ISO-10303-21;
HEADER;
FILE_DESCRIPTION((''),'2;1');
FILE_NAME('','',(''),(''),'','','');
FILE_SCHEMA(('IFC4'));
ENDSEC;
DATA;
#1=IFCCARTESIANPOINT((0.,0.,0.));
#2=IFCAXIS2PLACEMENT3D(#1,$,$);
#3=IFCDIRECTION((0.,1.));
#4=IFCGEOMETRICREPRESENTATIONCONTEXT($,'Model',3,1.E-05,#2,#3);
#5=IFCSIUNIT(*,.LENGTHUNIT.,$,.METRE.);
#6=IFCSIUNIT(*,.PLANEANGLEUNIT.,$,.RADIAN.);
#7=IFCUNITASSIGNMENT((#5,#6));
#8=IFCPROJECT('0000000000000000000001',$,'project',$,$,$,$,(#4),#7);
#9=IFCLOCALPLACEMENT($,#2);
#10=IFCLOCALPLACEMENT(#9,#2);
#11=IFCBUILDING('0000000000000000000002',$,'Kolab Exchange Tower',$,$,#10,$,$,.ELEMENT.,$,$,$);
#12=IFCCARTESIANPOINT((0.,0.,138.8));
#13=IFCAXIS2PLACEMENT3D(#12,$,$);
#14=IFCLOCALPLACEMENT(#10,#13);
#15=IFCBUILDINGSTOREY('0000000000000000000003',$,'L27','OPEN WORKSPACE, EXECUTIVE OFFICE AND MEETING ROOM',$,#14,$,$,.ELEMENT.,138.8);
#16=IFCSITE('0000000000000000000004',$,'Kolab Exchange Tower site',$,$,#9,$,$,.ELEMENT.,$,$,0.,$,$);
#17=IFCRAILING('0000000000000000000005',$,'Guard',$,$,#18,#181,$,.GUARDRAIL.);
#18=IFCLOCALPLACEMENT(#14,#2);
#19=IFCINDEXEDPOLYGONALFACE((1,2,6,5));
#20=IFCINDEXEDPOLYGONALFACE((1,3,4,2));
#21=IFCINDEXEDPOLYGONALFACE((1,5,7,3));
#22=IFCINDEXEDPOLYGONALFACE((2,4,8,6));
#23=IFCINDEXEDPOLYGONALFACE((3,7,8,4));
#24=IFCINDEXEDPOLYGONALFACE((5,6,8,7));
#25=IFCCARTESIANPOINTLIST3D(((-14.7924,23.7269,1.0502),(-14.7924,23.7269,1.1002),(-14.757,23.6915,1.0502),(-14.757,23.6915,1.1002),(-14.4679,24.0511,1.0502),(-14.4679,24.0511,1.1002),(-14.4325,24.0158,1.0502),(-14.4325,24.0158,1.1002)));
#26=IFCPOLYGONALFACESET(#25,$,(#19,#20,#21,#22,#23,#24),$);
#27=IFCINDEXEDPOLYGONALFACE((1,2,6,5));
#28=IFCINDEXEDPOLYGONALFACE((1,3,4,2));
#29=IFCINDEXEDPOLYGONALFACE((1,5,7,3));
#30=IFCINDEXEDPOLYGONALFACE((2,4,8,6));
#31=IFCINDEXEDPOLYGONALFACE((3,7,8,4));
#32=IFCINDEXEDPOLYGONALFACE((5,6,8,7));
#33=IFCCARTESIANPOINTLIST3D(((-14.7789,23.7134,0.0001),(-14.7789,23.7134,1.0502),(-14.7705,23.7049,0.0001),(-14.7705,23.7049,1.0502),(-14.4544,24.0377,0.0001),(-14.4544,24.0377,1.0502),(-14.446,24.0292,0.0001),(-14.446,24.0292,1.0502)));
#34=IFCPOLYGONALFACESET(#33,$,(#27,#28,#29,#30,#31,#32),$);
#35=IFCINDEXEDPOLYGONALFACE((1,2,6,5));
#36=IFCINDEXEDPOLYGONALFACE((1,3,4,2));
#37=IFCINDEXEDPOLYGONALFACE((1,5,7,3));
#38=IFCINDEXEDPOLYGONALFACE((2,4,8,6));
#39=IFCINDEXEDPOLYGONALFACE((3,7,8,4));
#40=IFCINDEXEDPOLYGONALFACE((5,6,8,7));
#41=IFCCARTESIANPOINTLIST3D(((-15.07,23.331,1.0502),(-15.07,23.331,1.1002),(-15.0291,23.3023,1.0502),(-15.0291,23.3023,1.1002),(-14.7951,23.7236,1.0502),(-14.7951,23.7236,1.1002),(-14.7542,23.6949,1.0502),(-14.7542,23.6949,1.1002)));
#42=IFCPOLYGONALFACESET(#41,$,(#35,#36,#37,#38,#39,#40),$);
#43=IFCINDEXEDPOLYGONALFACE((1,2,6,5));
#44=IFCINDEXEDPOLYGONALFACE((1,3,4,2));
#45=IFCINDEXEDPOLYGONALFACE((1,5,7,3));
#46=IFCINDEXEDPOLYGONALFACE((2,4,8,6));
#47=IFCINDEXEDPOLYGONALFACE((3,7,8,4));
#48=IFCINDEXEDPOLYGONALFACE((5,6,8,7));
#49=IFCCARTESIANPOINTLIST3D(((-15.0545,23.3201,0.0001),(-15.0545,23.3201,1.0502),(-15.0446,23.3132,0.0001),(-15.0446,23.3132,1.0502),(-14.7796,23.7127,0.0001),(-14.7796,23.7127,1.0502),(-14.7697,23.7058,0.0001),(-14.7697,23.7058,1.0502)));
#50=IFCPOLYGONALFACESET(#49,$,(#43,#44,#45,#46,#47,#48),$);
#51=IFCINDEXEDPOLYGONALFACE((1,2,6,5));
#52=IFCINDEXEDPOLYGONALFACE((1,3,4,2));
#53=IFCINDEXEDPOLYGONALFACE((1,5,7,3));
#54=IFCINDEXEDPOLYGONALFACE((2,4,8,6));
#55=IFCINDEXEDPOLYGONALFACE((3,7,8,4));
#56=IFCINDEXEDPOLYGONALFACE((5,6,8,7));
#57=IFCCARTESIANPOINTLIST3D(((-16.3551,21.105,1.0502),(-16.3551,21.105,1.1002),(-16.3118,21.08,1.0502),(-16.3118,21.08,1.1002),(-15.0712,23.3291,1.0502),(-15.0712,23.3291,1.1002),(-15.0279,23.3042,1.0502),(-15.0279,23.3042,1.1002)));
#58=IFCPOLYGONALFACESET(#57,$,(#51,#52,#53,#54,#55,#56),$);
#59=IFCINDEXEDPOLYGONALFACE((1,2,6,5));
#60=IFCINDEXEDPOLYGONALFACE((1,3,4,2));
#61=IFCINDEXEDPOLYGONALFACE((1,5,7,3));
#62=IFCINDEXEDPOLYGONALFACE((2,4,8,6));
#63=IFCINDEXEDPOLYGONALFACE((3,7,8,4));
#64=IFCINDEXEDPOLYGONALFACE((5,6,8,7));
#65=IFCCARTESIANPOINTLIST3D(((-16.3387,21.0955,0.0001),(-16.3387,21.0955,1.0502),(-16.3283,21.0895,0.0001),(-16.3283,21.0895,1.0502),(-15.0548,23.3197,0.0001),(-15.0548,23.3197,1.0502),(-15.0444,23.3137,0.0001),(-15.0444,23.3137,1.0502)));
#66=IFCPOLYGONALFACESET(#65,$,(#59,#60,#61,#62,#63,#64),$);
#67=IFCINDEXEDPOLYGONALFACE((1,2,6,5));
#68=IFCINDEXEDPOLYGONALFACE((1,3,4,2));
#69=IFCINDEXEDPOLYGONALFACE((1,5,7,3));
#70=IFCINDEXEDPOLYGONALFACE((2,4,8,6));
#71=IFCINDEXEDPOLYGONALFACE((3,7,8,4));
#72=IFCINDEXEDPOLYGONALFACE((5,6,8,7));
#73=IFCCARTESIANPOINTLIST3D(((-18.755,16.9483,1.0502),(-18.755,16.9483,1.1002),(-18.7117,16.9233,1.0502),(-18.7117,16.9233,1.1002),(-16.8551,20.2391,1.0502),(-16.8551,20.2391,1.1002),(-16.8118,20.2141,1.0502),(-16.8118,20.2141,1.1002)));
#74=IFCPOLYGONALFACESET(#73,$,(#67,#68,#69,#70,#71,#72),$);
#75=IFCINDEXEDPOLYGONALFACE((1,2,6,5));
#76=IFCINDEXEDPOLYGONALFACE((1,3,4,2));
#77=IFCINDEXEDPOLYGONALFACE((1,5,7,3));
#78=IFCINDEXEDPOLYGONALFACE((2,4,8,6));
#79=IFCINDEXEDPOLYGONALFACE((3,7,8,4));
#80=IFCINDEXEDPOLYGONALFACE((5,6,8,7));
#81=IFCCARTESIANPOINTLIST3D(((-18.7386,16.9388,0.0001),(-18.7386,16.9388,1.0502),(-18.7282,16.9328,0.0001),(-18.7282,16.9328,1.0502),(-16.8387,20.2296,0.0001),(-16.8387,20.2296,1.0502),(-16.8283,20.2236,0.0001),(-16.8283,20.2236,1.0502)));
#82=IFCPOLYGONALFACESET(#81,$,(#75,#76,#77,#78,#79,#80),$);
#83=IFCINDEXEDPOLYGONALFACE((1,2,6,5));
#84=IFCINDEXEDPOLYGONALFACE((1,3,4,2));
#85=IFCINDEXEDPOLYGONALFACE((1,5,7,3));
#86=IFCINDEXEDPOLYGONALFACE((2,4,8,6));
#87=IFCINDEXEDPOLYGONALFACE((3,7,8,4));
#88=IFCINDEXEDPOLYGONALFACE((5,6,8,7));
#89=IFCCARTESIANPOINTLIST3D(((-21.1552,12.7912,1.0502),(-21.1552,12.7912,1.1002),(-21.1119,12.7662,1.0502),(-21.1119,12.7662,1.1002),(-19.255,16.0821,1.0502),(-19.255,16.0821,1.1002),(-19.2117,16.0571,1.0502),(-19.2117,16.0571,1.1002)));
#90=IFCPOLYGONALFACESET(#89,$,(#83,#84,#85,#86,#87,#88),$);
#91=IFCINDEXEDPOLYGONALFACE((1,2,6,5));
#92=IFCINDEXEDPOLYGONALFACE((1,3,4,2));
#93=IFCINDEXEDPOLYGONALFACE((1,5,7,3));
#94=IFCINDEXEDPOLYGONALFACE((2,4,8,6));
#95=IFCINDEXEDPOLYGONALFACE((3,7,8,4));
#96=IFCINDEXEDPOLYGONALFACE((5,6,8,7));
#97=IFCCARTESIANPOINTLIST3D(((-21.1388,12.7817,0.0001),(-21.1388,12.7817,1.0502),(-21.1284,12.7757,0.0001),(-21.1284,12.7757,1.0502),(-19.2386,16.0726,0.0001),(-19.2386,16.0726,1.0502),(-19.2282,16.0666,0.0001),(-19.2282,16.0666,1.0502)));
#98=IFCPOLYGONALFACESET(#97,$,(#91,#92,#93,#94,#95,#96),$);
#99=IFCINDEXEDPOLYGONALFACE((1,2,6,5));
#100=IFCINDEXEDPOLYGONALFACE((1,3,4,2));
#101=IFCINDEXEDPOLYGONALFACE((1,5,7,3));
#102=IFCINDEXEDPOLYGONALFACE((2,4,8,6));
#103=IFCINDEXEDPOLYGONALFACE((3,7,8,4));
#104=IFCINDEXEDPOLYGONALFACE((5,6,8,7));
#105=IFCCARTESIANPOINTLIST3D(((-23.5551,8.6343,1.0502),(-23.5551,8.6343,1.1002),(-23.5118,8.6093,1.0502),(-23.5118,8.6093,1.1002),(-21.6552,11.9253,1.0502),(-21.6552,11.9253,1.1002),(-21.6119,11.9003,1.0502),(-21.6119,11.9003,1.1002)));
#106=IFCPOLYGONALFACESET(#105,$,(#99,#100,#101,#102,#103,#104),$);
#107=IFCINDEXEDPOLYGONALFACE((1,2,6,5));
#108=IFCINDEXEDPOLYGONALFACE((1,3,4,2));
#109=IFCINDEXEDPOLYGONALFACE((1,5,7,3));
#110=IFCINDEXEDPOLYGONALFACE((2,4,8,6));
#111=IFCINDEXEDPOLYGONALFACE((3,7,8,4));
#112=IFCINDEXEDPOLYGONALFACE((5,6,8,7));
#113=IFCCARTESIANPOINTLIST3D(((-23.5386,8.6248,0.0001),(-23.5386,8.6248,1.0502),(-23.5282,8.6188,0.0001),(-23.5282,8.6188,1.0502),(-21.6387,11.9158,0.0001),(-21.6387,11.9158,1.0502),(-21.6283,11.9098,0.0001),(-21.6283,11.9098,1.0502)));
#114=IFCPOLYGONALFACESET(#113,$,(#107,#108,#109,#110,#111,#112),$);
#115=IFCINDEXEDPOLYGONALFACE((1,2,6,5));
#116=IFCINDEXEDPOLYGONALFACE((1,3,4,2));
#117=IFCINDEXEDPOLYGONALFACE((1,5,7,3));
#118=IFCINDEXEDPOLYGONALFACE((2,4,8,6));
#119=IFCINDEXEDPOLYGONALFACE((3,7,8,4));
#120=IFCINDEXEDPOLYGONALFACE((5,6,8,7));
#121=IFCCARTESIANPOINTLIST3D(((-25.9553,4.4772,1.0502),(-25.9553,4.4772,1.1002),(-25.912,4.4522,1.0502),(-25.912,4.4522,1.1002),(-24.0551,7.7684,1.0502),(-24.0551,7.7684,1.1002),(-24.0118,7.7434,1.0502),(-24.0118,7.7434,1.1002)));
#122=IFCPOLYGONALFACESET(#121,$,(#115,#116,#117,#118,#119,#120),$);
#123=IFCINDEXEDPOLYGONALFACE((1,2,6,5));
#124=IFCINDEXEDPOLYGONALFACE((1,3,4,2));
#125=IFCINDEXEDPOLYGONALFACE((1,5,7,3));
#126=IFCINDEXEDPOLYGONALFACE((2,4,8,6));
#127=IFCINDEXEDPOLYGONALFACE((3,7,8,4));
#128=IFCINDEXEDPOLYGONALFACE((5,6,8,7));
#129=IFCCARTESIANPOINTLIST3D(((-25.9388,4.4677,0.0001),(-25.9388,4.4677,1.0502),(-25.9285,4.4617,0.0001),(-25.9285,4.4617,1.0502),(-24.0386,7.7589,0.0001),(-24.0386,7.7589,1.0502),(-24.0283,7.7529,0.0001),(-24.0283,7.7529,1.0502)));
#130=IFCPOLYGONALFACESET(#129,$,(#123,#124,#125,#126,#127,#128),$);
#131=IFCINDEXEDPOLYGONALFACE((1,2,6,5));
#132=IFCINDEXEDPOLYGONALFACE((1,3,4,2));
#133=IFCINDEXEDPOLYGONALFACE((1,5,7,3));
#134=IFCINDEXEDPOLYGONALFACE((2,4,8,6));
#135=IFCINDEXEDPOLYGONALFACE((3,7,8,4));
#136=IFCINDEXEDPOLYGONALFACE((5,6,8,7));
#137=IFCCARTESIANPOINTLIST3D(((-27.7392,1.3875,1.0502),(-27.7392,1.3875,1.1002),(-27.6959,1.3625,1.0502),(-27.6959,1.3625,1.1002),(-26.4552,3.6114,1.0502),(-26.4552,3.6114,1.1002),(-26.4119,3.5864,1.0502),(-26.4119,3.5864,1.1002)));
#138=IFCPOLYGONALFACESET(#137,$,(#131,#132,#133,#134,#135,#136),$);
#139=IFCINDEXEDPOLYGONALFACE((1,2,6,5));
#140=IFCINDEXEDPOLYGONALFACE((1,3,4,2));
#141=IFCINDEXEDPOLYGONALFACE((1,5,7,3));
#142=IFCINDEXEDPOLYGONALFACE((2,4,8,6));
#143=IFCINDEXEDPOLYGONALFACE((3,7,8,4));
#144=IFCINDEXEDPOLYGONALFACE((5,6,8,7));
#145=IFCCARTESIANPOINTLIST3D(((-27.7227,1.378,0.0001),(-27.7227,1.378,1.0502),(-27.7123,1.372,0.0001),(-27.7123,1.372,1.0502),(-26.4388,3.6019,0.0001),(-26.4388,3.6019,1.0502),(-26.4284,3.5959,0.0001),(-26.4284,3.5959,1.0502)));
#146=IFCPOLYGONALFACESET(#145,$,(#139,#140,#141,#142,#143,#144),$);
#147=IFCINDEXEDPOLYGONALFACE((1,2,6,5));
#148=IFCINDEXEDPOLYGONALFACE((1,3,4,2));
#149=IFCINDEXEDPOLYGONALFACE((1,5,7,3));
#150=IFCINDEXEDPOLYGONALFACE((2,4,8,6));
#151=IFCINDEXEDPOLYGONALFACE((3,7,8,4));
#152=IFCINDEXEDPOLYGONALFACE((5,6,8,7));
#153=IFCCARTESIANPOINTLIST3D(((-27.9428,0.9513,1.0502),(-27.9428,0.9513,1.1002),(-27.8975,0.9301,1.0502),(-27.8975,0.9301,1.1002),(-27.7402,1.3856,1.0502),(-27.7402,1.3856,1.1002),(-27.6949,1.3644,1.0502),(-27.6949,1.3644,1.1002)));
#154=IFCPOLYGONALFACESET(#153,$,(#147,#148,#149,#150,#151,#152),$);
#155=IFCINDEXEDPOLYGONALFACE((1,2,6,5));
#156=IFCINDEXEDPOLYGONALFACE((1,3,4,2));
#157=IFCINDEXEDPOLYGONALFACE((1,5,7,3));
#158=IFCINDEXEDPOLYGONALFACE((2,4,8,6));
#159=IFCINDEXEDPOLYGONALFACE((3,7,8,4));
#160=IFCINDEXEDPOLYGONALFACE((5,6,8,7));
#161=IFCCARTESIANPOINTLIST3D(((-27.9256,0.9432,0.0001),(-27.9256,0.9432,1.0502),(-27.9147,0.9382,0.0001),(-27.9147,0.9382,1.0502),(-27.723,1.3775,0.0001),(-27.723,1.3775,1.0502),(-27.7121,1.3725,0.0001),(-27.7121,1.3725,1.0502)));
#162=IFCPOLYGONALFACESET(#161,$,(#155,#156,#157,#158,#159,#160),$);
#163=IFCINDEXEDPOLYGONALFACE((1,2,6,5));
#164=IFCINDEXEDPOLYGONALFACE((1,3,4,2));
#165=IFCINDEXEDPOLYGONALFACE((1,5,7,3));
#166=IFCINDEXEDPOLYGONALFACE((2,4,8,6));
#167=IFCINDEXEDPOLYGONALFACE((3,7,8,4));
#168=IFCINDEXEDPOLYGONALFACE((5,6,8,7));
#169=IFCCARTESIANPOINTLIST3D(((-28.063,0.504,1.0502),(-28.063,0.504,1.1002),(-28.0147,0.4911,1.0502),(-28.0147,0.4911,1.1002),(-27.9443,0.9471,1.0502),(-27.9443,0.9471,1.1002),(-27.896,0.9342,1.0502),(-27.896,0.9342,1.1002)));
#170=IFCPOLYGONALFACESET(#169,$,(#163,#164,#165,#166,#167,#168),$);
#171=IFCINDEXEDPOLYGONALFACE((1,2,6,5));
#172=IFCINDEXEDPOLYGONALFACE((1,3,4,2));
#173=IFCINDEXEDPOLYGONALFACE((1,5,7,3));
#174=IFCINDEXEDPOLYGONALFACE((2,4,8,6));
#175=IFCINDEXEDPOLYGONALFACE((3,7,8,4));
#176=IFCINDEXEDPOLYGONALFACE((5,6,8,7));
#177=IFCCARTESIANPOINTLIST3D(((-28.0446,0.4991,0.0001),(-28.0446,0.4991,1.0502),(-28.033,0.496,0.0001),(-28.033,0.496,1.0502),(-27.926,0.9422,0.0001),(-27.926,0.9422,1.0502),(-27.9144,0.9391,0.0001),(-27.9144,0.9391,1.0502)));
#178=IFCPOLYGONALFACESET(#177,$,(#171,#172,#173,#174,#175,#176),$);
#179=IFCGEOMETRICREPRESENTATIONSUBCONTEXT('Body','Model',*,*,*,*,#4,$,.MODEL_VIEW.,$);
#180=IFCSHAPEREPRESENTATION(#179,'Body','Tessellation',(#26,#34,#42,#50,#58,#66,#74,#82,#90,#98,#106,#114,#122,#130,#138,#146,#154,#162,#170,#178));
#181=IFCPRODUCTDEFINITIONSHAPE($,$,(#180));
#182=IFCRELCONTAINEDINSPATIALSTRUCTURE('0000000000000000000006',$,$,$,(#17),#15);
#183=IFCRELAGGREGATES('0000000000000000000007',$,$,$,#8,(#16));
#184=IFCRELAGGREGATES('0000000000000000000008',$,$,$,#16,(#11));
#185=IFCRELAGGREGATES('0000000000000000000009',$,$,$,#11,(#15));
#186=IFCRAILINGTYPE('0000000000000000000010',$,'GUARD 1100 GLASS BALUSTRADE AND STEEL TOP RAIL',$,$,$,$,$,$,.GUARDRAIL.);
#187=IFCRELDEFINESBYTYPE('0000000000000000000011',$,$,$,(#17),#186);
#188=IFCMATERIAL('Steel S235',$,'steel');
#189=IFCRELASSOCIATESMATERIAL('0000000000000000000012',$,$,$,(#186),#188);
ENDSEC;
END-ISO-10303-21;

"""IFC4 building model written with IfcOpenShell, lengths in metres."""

from ifc_helpers import new_model, si_unit, direction, frame, frame_2d, origin, origin_2d, place, context, subcontext, project, spatial, rectangle, extrude, material, type_object, element, save


model = new_model("IFC4")

# Units and contexts
model_context = context("Model", 3, precision=1e-05, world=origin(), true_north=direction((0.0, 1.0)))
body_context = subcontext(model_context, "Body", "Model", "MODEL_VIEW")
ifc_project = project(units=[si_unit("LENGTHUNIT", "METRE"), si_unit("PLANEANGLEUNIT", "RADIAN")], contexts=[model_context])

# Site, building, storey
site_placement = place(None, origin())
site = spatial("IfcSite", under=ifc_project, at=site_placement, Name="Kolab Exchange Tower site", CompositionType="ELEMENT", RefElevation=0.0)
building_placement = place(site_placement, origin())
building = spatial("IfcBuilding", under=site, at=building_placement, Name="Kolab Exchange Tower", CompositionType="ELEMENT")
storey_placement = place(building_placement, frame((0.0, 0.0, 138.8)))
storey = spatial("IfcBuildingStorey", under=building, at=storey_placement, Name="L27", Description="OPEN WORKSPACE, EXECUTIVE OFFICE AND MEETING ROOM", CompositionType="ELEMENT", Elevation=138.8)

# Shared definitions
ifc_material_1 = material(Name="Steel S235", Category="steel")

# Railing
railing_type = type_object("IfcRailingType", Name="GUARD 1100 GLASS BALUSTRADE AND STEEL TOP RAIL", PredefinedType="GUARDRAIL", material=ifc_material_1)
railing_placement = place(storey_placement, frame((-14.4502, 24.0334, 0.0)))
element("IfcRailing", 1, at=railing_placement, inside=storey, type_object=railing_type, Name="Guard", PredefinedType="GUARDRAIL", context=body_context, shape_type="SweptSolid", body=[
    extrude(rectangle(XDim=0.05, YDim=0.05, at=origin_2d()), frame((0.0, 0.0, 1.0752), z_axis=(-0.707373, -0.706841, 0.0), x_axis=(0.706841, -0.707373, 0.0)), (0.0, 0.0, 1.0), 0.4587),
    extrude(rectangle(XDim=0.012, YDim=1.0501, at=frame_2d((0.0, 0.5251))), frame((0.0, 0.0, 0.0), z_axis=(-0.707373, -0.706841, 0.0), x_axis=(0.706841, -0.707373, 0.0)), (0.0, 0.0, 1.0), 0.4587),
    extrude(rectangle(XDim=0.05, YDim=0.05, at=origin_2d()), frame((-0.3245, -0.3242, 1.0752), z_axis=(-0.573599, -0.819136, 0.0), x_axis=(0.819136, -0.573599, 0.0)), (0.0, 0.0, 1.0), 0.4792),
    extrude(rectangle(XDim=0.012, YDim=1.0501, at=frame_2d((0.0, 0.5251))), frame((-0.3245, -0.3242, 0.0), z_axis=(-0.573599, -0.819136, 0.0), x_axis=(0.819136, -0.573599, 0.0)), (0.0, 0.0, 1.0), 0.4792),
    extrude(rectangle(XDim=0.05, YDim=0.05, at=origin_2d()), frame((-0.5994, -0.7168, 1.0752), z_axis=(-0.499953, -0.866053, 0.0), x_axis=(0.866053, -0.499953, 0.0)), (0.0, 0.0, 1.0), 2.5681),
    extrude(rectangle(XDim=0.012, YDim=1.0501, at=frame_2d((0.0, 0.5251))), frame((-0.5994, -0.7168, 0.0), z_axis=(-0.499953, -0.866053, 0.0), x_axis=(0.866053, -0.499953, 0.0)), (0.0, 0.0, 1.0), 2.5681),
    extrude(rectangle(XDim=0.05, YDim=0.05, at=origin_2d()), frame((-2.3833, -3.8069, 1.0752), z_axis=(-0.499995, -0.866028, 0.0), x_axis=(0.866028, -0.499995, 0.0)), (0.0, 0.0, 1.0), 3.7998),
    extrude(rectangle(XDim=0.012, YDim=1.0501, at=frame_2d((0.0, 0.5251))), frame((-2.3833, -3.8069, 0.0), z_axis=(-0.499995, -0.866028, 0.0), x_axis=(0.866028, -0.499995, 0.0)), (0.0, 0.0, 1.0), 3.7998),
    extrude(rectangle(XDim=0.05, YDim=0.05, at=origin_2d()), frame((-4.7832, -7.9639, 1.0752), z_axis=(-0.500043, -0.866, 0.0), x_axis=(0.866, -0.500043, 0.0)), (0.0, 0.0, 1.0), 3.8),
    extrude(rectangle(XDim=0.012, YDim=1.0501, at=frame_2d((0.0, 0.5251))), frame((-4.7832, -7.9639, 0.0), z_axis=(-0.500043, -0.866, 0.0), x_axis=(0.866, -0.500043, 0.0)), (0.0, 0.0, 1.0), 3.8),
    extrude(rectangle(XDim=0.05, YDim=0.05, at=origin_2d()), frame((-7.1833, -12.1206, 1.0752), z_axis=(-0.499967, -0.866044, 0.0), x_axis=(0.866044, -0.499967, 0.0)), (0.0, 0.0, 1.0), 3.8),
    extrude(rectangle(XDim=0.012, YDim=1.0501, at=frame_2d((0.0, 0.5251))), frame((-7.1833, -12.1206, 0.0), z_axis=(-0.499967, -0.866044, 0.0), x_axis=(0.866044, -0.499967, 0.0)), (0.0, 0.0, 1.0), 3.8),
    extrude(rectangle(XDim=0.05, YDim=0.05, at=origin_2d()), frame((-9.5833, -16.2776, 1.0752), z_axis=(-0.500015, -0.866017, 0.0), x_axis=(0.866017, -0.500015, 0.0)), (0.0, 0.0, 1.0), 3.8003),
    extrude(rectangle(XDim=0.012, YDim=1.0501, at=frame_2d((0.0, 0.5251))), frame((-9.5833, -16.2776, 0.0), z_axis=(-0.500015, -0.866017, 0.0), x_axis=(0.866017, -0.500015, 0.0)), (0.0, 0.0, 1.0), 3.8003),
    extrude(rectangle(XDim=0.05, YDim=0.05, at=origin_2d()), frame((-11.9834, -20.4346, 1.0752), z_axis=(-0.499994, -0.866029, 0.0), x_axis=(0.866029, -0.499994, 0.0)), (0.0, 0.0, 1.0), 2.5679),
    extrude(rectangle(XDim=0.012, YDim=1.0501, at=frame_2d((0.0, 0.5251))), frame((-11.9834, -20.4346, 0.0), z_axis=(-0.499994, -0.866029, 0.0), x_axis=(0.866029, -0.499994, 0.0)), (0.0, 0.0, 1.0), 2.5679),
    extrude(rectangle(XDim=0.05, YDim=0.05, at=origin_2d()), frame((-13.2673, -22.6584, 1.0752), z_axis=(-0.422802, -0.906222, 0.0), x_axis=(0.906222, -0.422802, 0.0)), (0.0, 0.0, 1.0), 0.4792),
    extrude(rectangle(XDim=0.012, YDim=1.0501, at=frame_2d((0.0, 0.5251))), frame((-13.2673, -22.6584, 0.0), z_axis=(-0.422802, -0.906222, 0.0), x_axis=(0.906222, -0.422802, 0.0)), (0.0, 0.0, 1.0), 0.4792),
    extrude(rectangle(XDim=0.05, YDim=0.05, at=origin_2d()), frame((-13.47, -23.0928, 1.0752), z_axis=(-0.258656, -0.965969, 0.0), x_axis=(0.965969, -0.258656, 0.0)), (0.0, 0.0, 1.0), 0.4587),
    extrude(rectangle(XDim=0.012, YDim=1.0501, at=frame_2d((0.0, 0.5251))), frame((-13.47, -23.0928, 0.0), z_axis=(-0.258656, -0.965969, 0.0), x_axis=(0.965969, -0.258656, 0.0)), (0.0, 0.0, 1.0), 0.4587),
])

save(model, "model.ifc")
